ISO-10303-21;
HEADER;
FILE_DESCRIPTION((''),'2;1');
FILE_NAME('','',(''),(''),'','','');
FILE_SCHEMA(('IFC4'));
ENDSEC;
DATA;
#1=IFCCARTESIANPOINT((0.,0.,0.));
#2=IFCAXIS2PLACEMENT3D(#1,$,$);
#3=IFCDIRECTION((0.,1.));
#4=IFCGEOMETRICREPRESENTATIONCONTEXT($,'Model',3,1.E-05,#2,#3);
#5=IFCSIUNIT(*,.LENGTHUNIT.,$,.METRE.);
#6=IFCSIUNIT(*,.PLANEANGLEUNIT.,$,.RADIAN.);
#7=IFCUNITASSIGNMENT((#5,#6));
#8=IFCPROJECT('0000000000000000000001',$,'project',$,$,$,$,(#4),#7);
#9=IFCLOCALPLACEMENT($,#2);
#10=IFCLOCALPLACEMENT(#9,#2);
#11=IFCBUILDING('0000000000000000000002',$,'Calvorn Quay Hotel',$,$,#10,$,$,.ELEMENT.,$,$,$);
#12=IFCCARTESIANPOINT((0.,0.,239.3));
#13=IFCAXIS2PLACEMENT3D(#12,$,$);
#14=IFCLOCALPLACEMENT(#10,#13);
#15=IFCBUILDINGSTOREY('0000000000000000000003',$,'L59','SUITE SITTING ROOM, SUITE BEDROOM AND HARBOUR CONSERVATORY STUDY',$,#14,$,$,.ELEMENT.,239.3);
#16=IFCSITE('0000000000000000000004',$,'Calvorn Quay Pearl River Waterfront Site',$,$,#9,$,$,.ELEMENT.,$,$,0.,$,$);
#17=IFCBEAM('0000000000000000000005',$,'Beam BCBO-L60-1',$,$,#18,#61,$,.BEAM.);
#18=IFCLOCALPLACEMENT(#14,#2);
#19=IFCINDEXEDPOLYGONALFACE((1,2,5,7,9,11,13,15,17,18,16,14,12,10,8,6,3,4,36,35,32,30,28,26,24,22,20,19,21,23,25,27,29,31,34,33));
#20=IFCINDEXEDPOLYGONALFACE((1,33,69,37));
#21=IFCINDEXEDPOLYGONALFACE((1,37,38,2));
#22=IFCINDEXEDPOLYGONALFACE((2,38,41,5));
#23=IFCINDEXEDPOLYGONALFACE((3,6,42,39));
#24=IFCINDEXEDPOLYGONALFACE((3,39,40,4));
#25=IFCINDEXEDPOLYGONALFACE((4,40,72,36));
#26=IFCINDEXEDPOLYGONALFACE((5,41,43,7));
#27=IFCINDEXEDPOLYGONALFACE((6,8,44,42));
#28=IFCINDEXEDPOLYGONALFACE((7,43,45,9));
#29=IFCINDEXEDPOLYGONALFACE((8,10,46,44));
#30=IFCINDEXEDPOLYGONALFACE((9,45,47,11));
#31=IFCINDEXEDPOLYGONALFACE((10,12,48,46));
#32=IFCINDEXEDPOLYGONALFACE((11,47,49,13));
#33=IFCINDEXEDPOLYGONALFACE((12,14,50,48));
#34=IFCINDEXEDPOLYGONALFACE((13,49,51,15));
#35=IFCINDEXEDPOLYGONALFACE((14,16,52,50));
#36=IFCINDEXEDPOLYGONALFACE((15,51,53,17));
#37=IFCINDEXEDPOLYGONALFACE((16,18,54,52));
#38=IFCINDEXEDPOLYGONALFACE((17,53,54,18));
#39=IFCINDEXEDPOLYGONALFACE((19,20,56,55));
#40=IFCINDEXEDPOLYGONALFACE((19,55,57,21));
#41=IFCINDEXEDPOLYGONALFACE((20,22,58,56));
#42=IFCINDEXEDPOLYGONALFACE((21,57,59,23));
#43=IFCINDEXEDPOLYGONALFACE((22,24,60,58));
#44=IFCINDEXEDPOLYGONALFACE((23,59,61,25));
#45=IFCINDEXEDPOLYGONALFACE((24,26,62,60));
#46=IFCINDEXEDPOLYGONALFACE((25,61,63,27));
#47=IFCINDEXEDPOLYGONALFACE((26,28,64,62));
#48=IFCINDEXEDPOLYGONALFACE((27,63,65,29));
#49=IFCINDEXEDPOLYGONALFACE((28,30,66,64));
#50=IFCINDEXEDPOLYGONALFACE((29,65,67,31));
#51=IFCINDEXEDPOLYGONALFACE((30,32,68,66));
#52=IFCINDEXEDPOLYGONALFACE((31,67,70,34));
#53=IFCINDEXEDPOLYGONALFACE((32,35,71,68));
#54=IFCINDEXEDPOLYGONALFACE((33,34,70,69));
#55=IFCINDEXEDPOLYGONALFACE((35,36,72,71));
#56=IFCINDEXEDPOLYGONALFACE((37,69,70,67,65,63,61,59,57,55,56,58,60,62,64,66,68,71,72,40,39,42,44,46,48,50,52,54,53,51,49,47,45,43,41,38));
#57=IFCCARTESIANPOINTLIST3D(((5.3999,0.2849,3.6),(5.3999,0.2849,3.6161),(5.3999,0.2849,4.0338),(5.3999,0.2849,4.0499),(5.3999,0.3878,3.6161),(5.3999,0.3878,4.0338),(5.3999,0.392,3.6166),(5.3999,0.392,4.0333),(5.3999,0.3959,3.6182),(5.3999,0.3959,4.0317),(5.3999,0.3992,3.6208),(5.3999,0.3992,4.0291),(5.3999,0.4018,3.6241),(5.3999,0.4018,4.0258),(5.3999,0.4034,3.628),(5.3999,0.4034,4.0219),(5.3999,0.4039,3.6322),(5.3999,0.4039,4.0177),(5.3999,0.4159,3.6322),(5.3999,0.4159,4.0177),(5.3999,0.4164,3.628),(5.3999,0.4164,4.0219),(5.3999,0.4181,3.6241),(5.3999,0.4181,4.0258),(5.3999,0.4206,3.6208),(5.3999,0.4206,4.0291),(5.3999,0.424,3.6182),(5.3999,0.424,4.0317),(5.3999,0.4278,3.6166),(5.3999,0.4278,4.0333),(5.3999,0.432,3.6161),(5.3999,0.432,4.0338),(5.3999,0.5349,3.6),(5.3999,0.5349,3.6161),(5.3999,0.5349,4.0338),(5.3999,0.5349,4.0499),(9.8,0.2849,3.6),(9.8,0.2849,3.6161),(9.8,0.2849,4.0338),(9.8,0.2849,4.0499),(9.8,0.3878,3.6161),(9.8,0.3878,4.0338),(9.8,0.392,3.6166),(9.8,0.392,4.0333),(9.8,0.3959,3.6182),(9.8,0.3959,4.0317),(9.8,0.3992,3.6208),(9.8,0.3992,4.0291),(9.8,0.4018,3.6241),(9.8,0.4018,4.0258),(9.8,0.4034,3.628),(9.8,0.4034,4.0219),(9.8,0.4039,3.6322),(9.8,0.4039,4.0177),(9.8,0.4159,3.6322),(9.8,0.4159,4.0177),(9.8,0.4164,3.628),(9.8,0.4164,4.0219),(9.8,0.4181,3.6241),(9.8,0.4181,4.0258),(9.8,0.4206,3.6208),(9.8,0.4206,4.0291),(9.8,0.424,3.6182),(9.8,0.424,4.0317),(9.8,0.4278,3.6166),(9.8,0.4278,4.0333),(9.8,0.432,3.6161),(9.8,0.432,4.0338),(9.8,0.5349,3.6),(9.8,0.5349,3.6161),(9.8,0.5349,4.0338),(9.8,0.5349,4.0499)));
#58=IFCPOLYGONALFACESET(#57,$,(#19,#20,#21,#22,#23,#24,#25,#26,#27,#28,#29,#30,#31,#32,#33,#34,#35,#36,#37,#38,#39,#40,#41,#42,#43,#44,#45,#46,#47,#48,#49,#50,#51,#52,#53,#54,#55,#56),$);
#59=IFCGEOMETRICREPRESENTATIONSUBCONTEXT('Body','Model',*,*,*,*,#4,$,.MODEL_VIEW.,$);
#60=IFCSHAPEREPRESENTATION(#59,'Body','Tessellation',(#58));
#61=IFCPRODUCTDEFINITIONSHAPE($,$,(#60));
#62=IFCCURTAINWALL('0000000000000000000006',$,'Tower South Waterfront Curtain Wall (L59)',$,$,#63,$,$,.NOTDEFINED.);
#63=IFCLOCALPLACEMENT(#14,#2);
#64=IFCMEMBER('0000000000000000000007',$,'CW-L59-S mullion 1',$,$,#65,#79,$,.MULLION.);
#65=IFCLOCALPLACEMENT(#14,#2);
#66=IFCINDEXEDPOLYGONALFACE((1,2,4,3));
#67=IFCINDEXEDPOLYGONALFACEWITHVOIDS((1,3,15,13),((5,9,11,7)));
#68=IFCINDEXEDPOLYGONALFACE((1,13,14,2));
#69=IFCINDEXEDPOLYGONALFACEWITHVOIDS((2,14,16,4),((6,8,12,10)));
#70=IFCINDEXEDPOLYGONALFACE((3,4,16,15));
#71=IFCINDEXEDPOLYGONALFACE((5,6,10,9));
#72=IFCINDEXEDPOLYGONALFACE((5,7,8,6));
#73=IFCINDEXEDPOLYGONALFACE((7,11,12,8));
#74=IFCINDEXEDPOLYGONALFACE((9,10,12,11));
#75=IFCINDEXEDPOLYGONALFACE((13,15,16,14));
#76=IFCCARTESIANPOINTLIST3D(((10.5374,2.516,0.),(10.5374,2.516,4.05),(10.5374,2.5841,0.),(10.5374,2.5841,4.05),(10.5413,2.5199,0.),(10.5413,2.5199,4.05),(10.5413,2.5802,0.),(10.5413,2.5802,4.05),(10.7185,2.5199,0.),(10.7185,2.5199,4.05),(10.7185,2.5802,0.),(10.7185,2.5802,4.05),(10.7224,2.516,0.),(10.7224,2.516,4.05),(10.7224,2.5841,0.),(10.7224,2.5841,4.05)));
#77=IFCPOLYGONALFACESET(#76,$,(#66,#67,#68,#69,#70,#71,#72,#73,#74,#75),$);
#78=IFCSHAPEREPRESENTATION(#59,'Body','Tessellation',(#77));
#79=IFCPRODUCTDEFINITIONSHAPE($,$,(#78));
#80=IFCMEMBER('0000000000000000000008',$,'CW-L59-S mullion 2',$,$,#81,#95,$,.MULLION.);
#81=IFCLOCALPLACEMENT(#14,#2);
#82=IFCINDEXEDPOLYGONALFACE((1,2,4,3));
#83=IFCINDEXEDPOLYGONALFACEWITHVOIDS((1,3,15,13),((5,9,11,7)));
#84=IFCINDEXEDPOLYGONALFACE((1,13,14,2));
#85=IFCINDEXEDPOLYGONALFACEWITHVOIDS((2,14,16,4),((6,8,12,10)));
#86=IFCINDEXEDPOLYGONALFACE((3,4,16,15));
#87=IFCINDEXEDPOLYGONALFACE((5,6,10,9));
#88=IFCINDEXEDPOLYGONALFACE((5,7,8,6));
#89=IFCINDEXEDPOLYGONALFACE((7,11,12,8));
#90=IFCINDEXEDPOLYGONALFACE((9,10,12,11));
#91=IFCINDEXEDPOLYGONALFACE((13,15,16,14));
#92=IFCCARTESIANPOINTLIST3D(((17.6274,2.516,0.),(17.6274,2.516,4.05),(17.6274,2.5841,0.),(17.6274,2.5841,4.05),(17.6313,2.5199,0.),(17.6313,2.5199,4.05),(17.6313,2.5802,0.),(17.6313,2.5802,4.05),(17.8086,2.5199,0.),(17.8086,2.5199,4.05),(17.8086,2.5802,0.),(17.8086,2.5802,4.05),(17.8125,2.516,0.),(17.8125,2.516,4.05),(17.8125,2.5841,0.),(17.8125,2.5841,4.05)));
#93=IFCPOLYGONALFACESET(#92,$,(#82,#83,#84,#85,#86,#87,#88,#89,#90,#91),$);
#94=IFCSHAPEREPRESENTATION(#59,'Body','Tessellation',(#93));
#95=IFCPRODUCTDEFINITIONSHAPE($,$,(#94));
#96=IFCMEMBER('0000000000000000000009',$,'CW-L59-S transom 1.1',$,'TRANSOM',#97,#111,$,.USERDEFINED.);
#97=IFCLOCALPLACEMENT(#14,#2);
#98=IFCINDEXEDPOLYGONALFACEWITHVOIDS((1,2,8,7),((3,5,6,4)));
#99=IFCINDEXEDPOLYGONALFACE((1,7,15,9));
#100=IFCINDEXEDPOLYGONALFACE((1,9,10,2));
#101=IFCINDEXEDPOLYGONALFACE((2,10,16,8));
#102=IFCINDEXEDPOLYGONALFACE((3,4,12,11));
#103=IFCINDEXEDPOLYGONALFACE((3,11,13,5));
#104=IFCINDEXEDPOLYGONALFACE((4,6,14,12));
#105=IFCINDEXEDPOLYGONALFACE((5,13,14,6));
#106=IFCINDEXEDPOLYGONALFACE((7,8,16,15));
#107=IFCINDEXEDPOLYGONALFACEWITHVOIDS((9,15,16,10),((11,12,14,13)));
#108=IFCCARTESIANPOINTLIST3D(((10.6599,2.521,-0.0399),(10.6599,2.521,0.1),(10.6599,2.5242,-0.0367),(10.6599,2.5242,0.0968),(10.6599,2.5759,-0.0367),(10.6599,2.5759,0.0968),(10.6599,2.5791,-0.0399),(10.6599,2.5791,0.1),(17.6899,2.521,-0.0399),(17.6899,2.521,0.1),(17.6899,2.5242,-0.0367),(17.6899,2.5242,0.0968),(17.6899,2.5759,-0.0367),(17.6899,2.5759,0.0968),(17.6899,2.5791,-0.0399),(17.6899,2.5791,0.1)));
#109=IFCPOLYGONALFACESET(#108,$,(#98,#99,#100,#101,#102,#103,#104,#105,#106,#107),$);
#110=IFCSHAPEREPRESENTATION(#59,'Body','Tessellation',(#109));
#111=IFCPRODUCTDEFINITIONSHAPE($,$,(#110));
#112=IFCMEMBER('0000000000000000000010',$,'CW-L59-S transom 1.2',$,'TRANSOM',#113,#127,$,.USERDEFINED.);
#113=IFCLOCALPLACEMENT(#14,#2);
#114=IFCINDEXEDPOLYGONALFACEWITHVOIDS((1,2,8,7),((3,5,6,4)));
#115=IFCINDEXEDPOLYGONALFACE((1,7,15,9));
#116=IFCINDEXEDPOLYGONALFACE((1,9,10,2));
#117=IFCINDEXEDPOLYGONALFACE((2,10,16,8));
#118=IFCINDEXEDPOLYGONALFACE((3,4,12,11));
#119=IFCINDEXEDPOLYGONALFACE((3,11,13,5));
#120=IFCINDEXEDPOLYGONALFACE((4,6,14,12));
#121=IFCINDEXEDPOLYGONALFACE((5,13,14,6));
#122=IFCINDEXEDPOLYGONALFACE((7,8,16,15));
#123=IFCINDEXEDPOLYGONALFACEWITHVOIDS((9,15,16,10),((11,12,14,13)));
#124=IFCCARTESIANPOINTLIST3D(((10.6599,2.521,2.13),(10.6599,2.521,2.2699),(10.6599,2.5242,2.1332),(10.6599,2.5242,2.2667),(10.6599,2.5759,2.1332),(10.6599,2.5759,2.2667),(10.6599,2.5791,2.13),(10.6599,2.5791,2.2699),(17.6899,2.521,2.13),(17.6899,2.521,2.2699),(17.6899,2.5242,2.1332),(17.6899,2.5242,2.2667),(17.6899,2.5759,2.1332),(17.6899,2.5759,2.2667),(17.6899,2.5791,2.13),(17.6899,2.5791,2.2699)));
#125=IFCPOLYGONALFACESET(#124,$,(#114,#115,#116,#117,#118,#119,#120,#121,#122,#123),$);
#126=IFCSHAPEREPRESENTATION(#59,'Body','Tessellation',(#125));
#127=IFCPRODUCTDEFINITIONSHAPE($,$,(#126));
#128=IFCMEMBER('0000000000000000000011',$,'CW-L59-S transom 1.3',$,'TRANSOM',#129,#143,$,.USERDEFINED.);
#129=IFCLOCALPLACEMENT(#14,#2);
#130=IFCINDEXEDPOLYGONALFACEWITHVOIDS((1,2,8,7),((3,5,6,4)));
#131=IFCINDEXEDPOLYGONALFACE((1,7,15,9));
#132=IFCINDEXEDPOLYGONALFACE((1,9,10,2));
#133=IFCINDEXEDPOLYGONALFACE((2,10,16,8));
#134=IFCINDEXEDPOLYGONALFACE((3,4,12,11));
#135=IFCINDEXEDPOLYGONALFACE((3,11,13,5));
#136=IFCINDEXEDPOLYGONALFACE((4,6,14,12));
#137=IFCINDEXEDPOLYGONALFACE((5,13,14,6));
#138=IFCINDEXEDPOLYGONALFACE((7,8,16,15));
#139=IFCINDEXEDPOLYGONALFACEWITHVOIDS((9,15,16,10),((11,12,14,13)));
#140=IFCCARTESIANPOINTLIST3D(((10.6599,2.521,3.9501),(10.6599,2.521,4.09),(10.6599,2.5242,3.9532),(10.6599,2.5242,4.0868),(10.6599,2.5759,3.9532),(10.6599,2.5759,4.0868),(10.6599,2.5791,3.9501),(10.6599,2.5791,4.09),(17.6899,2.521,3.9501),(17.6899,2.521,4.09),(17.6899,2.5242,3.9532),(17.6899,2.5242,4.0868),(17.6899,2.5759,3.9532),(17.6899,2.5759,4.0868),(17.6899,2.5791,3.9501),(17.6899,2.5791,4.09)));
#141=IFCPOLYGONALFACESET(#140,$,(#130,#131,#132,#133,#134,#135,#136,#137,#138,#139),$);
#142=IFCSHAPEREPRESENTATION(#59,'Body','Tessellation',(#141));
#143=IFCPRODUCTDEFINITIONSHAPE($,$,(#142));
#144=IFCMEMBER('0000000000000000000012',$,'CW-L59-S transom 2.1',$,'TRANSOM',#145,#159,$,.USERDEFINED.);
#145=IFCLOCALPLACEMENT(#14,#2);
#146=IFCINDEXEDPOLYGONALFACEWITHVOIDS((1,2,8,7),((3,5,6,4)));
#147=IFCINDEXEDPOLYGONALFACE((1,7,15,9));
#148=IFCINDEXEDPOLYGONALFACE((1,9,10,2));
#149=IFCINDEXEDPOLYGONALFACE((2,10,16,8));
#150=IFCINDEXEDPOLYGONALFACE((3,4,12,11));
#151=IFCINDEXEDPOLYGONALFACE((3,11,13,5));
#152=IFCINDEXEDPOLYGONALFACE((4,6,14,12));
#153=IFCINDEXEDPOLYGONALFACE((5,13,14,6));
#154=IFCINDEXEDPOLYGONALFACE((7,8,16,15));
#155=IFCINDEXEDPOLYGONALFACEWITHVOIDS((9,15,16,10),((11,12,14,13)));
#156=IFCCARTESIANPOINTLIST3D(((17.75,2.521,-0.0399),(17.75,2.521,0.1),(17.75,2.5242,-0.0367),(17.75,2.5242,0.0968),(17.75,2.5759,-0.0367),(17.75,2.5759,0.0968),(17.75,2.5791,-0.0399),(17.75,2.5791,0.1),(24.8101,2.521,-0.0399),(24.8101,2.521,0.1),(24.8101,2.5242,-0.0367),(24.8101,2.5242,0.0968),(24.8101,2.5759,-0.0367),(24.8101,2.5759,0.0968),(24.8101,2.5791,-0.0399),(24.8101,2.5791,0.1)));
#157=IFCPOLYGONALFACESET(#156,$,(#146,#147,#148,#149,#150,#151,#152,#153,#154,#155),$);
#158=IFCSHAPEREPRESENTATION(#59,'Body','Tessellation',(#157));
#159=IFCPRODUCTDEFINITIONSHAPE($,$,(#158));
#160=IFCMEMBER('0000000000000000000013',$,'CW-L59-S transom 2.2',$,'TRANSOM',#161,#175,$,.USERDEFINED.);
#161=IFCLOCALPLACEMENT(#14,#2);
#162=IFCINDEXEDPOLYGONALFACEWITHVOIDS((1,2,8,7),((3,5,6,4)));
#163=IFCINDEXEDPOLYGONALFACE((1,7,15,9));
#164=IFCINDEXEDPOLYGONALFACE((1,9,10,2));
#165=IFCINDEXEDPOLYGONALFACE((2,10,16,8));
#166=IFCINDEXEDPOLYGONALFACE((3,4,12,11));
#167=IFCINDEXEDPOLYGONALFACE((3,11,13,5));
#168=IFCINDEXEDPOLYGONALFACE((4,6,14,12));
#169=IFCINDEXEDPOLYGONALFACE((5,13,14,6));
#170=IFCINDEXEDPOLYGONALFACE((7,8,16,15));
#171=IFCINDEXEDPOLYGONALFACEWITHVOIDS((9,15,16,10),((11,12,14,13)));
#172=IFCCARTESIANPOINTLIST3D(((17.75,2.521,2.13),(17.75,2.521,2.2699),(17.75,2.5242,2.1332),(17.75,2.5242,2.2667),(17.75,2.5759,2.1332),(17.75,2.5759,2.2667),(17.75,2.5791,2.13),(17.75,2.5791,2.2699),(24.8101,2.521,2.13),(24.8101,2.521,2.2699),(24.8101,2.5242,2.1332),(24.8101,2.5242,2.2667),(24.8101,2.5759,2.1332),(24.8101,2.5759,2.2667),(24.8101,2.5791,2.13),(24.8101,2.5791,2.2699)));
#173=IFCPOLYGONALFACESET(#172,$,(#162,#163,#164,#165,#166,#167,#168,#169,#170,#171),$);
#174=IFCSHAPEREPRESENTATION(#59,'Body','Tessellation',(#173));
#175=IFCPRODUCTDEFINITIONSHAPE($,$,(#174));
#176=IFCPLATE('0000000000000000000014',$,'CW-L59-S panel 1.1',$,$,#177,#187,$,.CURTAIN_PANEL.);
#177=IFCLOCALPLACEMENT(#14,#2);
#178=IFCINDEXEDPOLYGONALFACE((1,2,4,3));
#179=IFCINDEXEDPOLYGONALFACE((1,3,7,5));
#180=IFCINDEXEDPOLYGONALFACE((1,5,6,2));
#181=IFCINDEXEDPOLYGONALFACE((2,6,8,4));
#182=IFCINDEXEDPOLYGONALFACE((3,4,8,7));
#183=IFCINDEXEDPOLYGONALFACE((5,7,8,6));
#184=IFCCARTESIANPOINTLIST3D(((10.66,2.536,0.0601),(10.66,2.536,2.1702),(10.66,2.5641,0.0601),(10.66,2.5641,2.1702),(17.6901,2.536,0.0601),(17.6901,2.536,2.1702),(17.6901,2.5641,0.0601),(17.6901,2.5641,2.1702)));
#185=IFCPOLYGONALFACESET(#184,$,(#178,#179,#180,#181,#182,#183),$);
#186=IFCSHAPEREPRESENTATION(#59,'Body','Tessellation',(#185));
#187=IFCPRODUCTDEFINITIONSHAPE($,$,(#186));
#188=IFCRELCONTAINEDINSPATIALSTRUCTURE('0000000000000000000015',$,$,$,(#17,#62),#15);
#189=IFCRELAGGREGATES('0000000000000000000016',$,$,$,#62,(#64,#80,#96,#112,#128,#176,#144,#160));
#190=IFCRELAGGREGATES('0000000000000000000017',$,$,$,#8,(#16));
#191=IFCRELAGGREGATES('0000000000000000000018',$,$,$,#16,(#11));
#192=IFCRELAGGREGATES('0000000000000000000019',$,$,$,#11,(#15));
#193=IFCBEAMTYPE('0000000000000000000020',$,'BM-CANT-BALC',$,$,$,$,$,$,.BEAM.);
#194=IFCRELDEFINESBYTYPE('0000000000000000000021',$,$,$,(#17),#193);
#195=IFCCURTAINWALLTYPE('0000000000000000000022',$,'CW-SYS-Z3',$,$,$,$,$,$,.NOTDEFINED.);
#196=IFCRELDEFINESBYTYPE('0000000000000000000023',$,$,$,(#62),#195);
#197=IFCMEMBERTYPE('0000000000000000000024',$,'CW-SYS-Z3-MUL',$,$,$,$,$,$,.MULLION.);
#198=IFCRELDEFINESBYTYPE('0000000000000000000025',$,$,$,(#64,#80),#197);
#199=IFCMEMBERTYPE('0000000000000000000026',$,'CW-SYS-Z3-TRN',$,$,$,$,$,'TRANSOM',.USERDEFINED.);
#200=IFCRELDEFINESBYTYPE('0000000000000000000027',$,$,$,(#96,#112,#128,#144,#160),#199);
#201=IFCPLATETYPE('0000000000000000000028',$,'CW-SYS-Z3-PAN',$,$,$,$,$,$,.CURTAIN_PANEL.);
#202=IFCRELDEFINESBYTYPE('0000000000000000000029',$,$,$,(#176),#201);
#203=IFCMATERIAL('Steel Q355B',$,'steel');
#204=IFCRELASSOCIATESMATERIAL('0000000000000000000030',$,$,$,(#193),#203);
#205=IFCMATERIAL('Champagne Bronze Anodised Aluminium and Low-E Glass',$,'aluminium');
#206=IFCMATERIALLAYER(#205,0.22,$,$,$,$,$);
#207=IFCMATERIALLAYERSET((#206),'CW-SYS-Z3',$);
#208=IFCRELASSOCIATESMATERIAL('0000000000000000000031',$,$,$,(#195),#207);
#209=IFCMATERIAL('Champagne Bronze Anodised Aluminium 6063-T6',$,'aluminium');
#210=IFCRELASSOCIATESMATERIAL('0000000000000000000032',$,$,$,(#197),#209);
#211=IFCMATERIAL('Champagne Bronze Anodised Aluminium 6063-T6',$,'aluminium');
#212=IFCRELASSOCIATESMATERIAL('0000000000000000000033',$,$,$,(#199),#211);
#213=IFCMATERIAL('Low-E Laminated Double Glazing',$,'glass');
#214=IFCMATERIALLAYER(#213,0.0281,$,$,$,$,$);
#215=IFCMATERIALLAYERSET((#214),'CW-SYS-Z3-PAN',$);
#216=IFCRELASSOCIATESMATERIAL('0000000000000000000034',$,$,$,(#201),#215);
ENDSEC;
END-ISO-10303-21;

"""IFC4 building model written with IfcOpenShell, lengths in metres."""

from ifc_helpers import new_model, si_unit, direction, frame, origin, origin_2d, place, context, subcontext, project, spatial, rectangle, hollow_rectangle, i_section, extrude, material, layer, layer_set, material_profile, profile_set, type_object, element, aggregate, save


model = new_model("IFC4")

# Units and contexts
model_context = context("Model", 3, precision=1e-05, world=origin(), true_north=direction((0.0, 1.0)))
body_context = subcontext(model_context, "Body", "Model", "MODEL_VIEW")
ifc_project = project(units=[si_unit("LENGTHUNIT", "METRE"), si_unit("PLANEANGLEUNIT", "RADIAN")], contexts=[model_context])

# Site, building, storey
site_placement = place(None, origin())
site = spatial("IfcSite", under=ifc_project, at=site_placement, Name="Calvorn Quay Pearl River Waterfront Site", CompositionType="ELEMENT", RefElevation=0.0)
building_placement = place(site_placement, origin())
building = spatial("IfcBuilding", under=site, at=building_placement, Name="Calvorn Quay Hotel", CompositionType="ELEMENT")
storey_placement = place(building_placement, frame((0.0, 0.0, 239.3)))
storey = spatial("IfcBuildingStorey", under=building, at=storey_placement, Name="L59", Description="SUITE SITTING ROOM, SUITE BEDROOM AND HARBOUR CONSERVATORY STUDY", CompositionType="ELEMENT", Elevation=239.3)

# Beam
ifc_material_1 = material(Name="Steel Q355B", Category="steel")
ifc_material_profile_1 = material_profile(ifc_material_1, i_section(OverallWidth=0.25, OverallDepth=0.45, WebThickness=0.012, FlangeThickness=0.0161, FilletRadius=0.0161, at=origin_2d()), Name="HN450x250x12x16")
ifc_profile_set_1 = profile_set([ifc_material_profile_1], Name="Steel Q355B")
beam_type = type_object("IfcBeamType", Name="BM-CANT-BALC", PredefinedType="BEAM", material=ifc_profile_set_1)
beam_placement = place(storey_placement, frame((5.3999, 0.4099, 3.825), z_axis=(1.0, 0.0, 0.0), x_axis=(0.0, 1.0, 0.0)))
element("IfcBeam", 1, at=beam_placement, inside=storey, type_object=beam_type, Name="Beam BCBO-L60-1", PredefinedType="BEAM", context=body_context, shape_type="SweptSolid", body=[
    extrude(i_section(OverallWidth=0.25, OverallDepth=0.45, WebThickness=0.012, FlangeThickness=0.0161, FilletRadius=0.0161, at=origin_2d()), origin(), (0.0, 0.0, 1.0), 4.4001),
])

# Curtain wall, members, plate
ifc_material_2 = material(Name="Champagne Bronze Anodised Aluminium and Low-E Glass", Category="aluminium")
ifc_layer_1 = layer(ifc_material_2, 0.22)
ifc_layer_set_1 = layer_set([ifc_layer_1], Name="CW-SYS-Z3")
curtain_wall_type = type_object("IfcCurtainWallType", Name="CW-SYS-Z3", PredefinedType="NOTDEFINED", material=ifc_layer_set_1)
curtain_wall_placement = place(storey_placement, origin())
curtain_wall = element("IfcCurtainWall", 2, at=curtain_wall_placement, inside=storey, type_object=curtain_wall_type, Name="Tower South Waterfront Curtain Wall (L59)", PredefinedType="NOTDEFINED")
ifc_material_3 = material(Name="Champagne Bronze Anodised Aluminium 6063-T6", Category="aluminium")
ifc_material_profile_2 = material_profile(ifc_material_3, hollow_rectangle(XDim=0.0681, YDim=0.1851, WallThickness=0.0039, at=origin_2d()), Name="ALU-M185x68x4")
ifc_profile_set_2 = profile_set([ifc_material_profile_2], Name="Champagne Bronze Anodised Aluminium 6063-T6")
member_type_1 = type_object("IfcMemberType", Name="CW-SYS-Z3-MUL", PredefinedType="MULLION", material=ifc_profile_set_2)
member_1_placement = place(storey_placement, frame((10.6299, 2.55, 0.0), z_axis=(0.0, 0.0, 1.0), x_axis=(0.0, 1.0, 0.0)))
member_1 = element("IfcMember", 3, at=member_1_placement, type_object=member_type_1, Name="CW-L59-S mullion 1", PredefinedType="MULLION", context=body_context, shape_type="SweptSolid", body=[
    extrude(hollow_rectangle(XDim=0.0681, YDim=0.1851, WallThickness=0.0039, at=origin_2d()), origin(), (0.0, 0.0, 1.0), 4.05),
])
member_2_placement = place(storey_placement, frame((17.72, 2.55, 0.0), z_axis=(0.0, 0.0, 1.0), x_axis=(0.0, 1.0, 0.0)))
member_2 = element("IfcMember", 4, at=member_2_placement, type_object=member_type_1, Name="CW-L59-S mullion 2", PredefinedType="MULLION", context=body_context, shape_type="SweptSolid", body=[
    extrude(hollow_rectangle(XDim=0.0681, YDim=0.1851, WallThickness=0.0039, at=origin_2d()), origin(), (0.0, 0.0, 1.0), 4.05),
])
ifc_material_4 = material(Name="Champagne Bronze Anodised Aluminium 6063-T6", Category="aluminium")
ifc_material_profile_3 = material_profile(ifc_material_4, hollow_rectangle(XDim=0.0581, YDim=0.1399, WallThickness=0.0032, at=origin_2d()), Name="ALU-T140x58x3.2")
ifc_profile_set_3 = profile_set([ifc_material_profile_3], Name="Champagne Bronze Anodised Aluminium 6063-T6")
member_type_2 = type_object("IfcMemberType", Name="CW-SYS-Z3-TRN", ElementType="TRANSOM", PredefinedType="USERDEFINED", material=ifc_profile_set_3)
member_3_placement = place(storey_placement, frame((10.6599, 2.55, 0.03), z_axis=(1.0, 0.0, 0.0), x_axis=(0.0, 1.0, 0.0)))
member_3 = element("IfcMember", 5, at=member_3_placement, type_object=member_type_2, Name="CW-L59-S transom 1.1", ObjectType="TRANSOM", PredefinedType="USERDEFINED", context=body_context, shape_type="SweptSolid", body=[
    extrude(hollow_rectangle(XDim=0.0581, YDim=0.1399, WallThickness=0.0032, at=origin_2d()), origin(), (0.0, 0.0, 1.0), 7.03),
])
member_4_placement = place(storey_placement, frame((10.6599, 2.55, 2.2), z_axis=(1.0, 0.0, 0.0), x_axis=(0.0, 1.0, 0.0)))
member_4 = element("IfcMember", 6, at=member_4_placement, type_object=member_type_2, Name="CW-L59-S transom 1.2", ObjectType="TRANSOM", PredefinedType="USERDEFINED", context=body_context, shape_type="SweptSolid", body=[
    extrude(hollow_rectangle(XDim=0.0581, YDim=0.1399, WallThickness=0.0032, at=origin_2d()), origin(), (0.0, 0.0, 1.0), 7.03),
])
member_5_placement = place(storey_placement, frame((10.6599, 2.55, 4.02), z_axis=(1.0, 0.0, 0.0), x_axis=(0.0, 1.0, 0.0)))
member_5 = element("IfcMember", 7, at=member_5_placement, type_object=member_type_2, Name="CW-L59-S transom 1.3", ObjectType="TRANSOM", PredefinedType="USERDEFINED", context=body_context, shape_type="SweptSolid", body=[
    extrude(hollow_rectangle(XDim=0.0581, YDim=0.1399, WallThickness=0.0032, at=origin_2d()), origin(), (0.0, 0.0, 1.0), 7.03),
])
member_6_placement = place(storey_placement, frame((17.75, 2.55, 0.03), z_axis=(1.0, 0.0, 0.0), x_axis=(0.0, 1.0, 0.0)))
member_6 = element("IfcMember", 8, at=member_6_placement, type_object=member_type_2, Name="CW-L59-S transom 2.1", ObjectType="TRANSOM", PredefinedType="USERDEFINED", context=body_context, shape_type="SweptSolid", body=[
    extrude(hollow_rectangle(XDim=0.0581, YDim=0.1399, WallThickness=0.0032, at=origin_2d()), origin(), (0.0, 0.0, 1.0), 7.0601),
])
member_7_placement = place(storey_placement, frame((17.75, 2.55, 2.2), z_axis=(1.0, 0.0, 0.0), x_axis=(0.0, 1.0, 0.0)))
member_7 = element("IfcMember", 9, at=member_7_placement, type_object=member_type_2, Name="CW-L59-S transom 2.2", ObjectType="TRANSOM", PredefinedType="USERDEFINED", context=body_context, shape_type="SweptSolid", body=[
    extrude(hollow_rectangle(XDim=0.0581, YDim=0.1399, WallThickness=0.0032, at=origin_2d()), origin(), (0.0, 0.0, 1.0), 7.0601),
])
ifc_material_5 = material(Name="Low-E Laminated Double Glazing", Category="glass")
ifc_layer_2 = layer(ifc_material_5, 0.0281)
ifc_layer_set_2 = layer_set([ifc_layer_2], Name="CW-SYS-Z3-PAN")
plate_type = type_object("IfcPlateType", Name="CW-SYS-Z3-PAN", PredefinedType="CURTAIN_PANEL", material=ifc_layer_set_2)
plate_1_placement = place(storey_placement, frame((14.175, 2.55, 0.0601), z_axis=(0.0, 0.0, 1.0), x_axis=(1.0, 0.0, 0.0)))
plate_1 = element("IfcPlate", 10, at=plate_1_placement, type_object=plate_type, Name="CW-L59-S panel 1.1", PredefinedType="CURTAIN_PANEL", context=body_context, shape_type="SweptSolid", body=[
    extrude(rectangle(XDim=7.03, YDim=0.0281, at=origin_2d()), origin(), (0.0, 0.0, 1.0), 2.1101),
])
aggregate(curtain_wall, [member_1, member_2, member_3, member_4, member_5, plate_1, member_6, member_7])

save(model, "model.ifc")
